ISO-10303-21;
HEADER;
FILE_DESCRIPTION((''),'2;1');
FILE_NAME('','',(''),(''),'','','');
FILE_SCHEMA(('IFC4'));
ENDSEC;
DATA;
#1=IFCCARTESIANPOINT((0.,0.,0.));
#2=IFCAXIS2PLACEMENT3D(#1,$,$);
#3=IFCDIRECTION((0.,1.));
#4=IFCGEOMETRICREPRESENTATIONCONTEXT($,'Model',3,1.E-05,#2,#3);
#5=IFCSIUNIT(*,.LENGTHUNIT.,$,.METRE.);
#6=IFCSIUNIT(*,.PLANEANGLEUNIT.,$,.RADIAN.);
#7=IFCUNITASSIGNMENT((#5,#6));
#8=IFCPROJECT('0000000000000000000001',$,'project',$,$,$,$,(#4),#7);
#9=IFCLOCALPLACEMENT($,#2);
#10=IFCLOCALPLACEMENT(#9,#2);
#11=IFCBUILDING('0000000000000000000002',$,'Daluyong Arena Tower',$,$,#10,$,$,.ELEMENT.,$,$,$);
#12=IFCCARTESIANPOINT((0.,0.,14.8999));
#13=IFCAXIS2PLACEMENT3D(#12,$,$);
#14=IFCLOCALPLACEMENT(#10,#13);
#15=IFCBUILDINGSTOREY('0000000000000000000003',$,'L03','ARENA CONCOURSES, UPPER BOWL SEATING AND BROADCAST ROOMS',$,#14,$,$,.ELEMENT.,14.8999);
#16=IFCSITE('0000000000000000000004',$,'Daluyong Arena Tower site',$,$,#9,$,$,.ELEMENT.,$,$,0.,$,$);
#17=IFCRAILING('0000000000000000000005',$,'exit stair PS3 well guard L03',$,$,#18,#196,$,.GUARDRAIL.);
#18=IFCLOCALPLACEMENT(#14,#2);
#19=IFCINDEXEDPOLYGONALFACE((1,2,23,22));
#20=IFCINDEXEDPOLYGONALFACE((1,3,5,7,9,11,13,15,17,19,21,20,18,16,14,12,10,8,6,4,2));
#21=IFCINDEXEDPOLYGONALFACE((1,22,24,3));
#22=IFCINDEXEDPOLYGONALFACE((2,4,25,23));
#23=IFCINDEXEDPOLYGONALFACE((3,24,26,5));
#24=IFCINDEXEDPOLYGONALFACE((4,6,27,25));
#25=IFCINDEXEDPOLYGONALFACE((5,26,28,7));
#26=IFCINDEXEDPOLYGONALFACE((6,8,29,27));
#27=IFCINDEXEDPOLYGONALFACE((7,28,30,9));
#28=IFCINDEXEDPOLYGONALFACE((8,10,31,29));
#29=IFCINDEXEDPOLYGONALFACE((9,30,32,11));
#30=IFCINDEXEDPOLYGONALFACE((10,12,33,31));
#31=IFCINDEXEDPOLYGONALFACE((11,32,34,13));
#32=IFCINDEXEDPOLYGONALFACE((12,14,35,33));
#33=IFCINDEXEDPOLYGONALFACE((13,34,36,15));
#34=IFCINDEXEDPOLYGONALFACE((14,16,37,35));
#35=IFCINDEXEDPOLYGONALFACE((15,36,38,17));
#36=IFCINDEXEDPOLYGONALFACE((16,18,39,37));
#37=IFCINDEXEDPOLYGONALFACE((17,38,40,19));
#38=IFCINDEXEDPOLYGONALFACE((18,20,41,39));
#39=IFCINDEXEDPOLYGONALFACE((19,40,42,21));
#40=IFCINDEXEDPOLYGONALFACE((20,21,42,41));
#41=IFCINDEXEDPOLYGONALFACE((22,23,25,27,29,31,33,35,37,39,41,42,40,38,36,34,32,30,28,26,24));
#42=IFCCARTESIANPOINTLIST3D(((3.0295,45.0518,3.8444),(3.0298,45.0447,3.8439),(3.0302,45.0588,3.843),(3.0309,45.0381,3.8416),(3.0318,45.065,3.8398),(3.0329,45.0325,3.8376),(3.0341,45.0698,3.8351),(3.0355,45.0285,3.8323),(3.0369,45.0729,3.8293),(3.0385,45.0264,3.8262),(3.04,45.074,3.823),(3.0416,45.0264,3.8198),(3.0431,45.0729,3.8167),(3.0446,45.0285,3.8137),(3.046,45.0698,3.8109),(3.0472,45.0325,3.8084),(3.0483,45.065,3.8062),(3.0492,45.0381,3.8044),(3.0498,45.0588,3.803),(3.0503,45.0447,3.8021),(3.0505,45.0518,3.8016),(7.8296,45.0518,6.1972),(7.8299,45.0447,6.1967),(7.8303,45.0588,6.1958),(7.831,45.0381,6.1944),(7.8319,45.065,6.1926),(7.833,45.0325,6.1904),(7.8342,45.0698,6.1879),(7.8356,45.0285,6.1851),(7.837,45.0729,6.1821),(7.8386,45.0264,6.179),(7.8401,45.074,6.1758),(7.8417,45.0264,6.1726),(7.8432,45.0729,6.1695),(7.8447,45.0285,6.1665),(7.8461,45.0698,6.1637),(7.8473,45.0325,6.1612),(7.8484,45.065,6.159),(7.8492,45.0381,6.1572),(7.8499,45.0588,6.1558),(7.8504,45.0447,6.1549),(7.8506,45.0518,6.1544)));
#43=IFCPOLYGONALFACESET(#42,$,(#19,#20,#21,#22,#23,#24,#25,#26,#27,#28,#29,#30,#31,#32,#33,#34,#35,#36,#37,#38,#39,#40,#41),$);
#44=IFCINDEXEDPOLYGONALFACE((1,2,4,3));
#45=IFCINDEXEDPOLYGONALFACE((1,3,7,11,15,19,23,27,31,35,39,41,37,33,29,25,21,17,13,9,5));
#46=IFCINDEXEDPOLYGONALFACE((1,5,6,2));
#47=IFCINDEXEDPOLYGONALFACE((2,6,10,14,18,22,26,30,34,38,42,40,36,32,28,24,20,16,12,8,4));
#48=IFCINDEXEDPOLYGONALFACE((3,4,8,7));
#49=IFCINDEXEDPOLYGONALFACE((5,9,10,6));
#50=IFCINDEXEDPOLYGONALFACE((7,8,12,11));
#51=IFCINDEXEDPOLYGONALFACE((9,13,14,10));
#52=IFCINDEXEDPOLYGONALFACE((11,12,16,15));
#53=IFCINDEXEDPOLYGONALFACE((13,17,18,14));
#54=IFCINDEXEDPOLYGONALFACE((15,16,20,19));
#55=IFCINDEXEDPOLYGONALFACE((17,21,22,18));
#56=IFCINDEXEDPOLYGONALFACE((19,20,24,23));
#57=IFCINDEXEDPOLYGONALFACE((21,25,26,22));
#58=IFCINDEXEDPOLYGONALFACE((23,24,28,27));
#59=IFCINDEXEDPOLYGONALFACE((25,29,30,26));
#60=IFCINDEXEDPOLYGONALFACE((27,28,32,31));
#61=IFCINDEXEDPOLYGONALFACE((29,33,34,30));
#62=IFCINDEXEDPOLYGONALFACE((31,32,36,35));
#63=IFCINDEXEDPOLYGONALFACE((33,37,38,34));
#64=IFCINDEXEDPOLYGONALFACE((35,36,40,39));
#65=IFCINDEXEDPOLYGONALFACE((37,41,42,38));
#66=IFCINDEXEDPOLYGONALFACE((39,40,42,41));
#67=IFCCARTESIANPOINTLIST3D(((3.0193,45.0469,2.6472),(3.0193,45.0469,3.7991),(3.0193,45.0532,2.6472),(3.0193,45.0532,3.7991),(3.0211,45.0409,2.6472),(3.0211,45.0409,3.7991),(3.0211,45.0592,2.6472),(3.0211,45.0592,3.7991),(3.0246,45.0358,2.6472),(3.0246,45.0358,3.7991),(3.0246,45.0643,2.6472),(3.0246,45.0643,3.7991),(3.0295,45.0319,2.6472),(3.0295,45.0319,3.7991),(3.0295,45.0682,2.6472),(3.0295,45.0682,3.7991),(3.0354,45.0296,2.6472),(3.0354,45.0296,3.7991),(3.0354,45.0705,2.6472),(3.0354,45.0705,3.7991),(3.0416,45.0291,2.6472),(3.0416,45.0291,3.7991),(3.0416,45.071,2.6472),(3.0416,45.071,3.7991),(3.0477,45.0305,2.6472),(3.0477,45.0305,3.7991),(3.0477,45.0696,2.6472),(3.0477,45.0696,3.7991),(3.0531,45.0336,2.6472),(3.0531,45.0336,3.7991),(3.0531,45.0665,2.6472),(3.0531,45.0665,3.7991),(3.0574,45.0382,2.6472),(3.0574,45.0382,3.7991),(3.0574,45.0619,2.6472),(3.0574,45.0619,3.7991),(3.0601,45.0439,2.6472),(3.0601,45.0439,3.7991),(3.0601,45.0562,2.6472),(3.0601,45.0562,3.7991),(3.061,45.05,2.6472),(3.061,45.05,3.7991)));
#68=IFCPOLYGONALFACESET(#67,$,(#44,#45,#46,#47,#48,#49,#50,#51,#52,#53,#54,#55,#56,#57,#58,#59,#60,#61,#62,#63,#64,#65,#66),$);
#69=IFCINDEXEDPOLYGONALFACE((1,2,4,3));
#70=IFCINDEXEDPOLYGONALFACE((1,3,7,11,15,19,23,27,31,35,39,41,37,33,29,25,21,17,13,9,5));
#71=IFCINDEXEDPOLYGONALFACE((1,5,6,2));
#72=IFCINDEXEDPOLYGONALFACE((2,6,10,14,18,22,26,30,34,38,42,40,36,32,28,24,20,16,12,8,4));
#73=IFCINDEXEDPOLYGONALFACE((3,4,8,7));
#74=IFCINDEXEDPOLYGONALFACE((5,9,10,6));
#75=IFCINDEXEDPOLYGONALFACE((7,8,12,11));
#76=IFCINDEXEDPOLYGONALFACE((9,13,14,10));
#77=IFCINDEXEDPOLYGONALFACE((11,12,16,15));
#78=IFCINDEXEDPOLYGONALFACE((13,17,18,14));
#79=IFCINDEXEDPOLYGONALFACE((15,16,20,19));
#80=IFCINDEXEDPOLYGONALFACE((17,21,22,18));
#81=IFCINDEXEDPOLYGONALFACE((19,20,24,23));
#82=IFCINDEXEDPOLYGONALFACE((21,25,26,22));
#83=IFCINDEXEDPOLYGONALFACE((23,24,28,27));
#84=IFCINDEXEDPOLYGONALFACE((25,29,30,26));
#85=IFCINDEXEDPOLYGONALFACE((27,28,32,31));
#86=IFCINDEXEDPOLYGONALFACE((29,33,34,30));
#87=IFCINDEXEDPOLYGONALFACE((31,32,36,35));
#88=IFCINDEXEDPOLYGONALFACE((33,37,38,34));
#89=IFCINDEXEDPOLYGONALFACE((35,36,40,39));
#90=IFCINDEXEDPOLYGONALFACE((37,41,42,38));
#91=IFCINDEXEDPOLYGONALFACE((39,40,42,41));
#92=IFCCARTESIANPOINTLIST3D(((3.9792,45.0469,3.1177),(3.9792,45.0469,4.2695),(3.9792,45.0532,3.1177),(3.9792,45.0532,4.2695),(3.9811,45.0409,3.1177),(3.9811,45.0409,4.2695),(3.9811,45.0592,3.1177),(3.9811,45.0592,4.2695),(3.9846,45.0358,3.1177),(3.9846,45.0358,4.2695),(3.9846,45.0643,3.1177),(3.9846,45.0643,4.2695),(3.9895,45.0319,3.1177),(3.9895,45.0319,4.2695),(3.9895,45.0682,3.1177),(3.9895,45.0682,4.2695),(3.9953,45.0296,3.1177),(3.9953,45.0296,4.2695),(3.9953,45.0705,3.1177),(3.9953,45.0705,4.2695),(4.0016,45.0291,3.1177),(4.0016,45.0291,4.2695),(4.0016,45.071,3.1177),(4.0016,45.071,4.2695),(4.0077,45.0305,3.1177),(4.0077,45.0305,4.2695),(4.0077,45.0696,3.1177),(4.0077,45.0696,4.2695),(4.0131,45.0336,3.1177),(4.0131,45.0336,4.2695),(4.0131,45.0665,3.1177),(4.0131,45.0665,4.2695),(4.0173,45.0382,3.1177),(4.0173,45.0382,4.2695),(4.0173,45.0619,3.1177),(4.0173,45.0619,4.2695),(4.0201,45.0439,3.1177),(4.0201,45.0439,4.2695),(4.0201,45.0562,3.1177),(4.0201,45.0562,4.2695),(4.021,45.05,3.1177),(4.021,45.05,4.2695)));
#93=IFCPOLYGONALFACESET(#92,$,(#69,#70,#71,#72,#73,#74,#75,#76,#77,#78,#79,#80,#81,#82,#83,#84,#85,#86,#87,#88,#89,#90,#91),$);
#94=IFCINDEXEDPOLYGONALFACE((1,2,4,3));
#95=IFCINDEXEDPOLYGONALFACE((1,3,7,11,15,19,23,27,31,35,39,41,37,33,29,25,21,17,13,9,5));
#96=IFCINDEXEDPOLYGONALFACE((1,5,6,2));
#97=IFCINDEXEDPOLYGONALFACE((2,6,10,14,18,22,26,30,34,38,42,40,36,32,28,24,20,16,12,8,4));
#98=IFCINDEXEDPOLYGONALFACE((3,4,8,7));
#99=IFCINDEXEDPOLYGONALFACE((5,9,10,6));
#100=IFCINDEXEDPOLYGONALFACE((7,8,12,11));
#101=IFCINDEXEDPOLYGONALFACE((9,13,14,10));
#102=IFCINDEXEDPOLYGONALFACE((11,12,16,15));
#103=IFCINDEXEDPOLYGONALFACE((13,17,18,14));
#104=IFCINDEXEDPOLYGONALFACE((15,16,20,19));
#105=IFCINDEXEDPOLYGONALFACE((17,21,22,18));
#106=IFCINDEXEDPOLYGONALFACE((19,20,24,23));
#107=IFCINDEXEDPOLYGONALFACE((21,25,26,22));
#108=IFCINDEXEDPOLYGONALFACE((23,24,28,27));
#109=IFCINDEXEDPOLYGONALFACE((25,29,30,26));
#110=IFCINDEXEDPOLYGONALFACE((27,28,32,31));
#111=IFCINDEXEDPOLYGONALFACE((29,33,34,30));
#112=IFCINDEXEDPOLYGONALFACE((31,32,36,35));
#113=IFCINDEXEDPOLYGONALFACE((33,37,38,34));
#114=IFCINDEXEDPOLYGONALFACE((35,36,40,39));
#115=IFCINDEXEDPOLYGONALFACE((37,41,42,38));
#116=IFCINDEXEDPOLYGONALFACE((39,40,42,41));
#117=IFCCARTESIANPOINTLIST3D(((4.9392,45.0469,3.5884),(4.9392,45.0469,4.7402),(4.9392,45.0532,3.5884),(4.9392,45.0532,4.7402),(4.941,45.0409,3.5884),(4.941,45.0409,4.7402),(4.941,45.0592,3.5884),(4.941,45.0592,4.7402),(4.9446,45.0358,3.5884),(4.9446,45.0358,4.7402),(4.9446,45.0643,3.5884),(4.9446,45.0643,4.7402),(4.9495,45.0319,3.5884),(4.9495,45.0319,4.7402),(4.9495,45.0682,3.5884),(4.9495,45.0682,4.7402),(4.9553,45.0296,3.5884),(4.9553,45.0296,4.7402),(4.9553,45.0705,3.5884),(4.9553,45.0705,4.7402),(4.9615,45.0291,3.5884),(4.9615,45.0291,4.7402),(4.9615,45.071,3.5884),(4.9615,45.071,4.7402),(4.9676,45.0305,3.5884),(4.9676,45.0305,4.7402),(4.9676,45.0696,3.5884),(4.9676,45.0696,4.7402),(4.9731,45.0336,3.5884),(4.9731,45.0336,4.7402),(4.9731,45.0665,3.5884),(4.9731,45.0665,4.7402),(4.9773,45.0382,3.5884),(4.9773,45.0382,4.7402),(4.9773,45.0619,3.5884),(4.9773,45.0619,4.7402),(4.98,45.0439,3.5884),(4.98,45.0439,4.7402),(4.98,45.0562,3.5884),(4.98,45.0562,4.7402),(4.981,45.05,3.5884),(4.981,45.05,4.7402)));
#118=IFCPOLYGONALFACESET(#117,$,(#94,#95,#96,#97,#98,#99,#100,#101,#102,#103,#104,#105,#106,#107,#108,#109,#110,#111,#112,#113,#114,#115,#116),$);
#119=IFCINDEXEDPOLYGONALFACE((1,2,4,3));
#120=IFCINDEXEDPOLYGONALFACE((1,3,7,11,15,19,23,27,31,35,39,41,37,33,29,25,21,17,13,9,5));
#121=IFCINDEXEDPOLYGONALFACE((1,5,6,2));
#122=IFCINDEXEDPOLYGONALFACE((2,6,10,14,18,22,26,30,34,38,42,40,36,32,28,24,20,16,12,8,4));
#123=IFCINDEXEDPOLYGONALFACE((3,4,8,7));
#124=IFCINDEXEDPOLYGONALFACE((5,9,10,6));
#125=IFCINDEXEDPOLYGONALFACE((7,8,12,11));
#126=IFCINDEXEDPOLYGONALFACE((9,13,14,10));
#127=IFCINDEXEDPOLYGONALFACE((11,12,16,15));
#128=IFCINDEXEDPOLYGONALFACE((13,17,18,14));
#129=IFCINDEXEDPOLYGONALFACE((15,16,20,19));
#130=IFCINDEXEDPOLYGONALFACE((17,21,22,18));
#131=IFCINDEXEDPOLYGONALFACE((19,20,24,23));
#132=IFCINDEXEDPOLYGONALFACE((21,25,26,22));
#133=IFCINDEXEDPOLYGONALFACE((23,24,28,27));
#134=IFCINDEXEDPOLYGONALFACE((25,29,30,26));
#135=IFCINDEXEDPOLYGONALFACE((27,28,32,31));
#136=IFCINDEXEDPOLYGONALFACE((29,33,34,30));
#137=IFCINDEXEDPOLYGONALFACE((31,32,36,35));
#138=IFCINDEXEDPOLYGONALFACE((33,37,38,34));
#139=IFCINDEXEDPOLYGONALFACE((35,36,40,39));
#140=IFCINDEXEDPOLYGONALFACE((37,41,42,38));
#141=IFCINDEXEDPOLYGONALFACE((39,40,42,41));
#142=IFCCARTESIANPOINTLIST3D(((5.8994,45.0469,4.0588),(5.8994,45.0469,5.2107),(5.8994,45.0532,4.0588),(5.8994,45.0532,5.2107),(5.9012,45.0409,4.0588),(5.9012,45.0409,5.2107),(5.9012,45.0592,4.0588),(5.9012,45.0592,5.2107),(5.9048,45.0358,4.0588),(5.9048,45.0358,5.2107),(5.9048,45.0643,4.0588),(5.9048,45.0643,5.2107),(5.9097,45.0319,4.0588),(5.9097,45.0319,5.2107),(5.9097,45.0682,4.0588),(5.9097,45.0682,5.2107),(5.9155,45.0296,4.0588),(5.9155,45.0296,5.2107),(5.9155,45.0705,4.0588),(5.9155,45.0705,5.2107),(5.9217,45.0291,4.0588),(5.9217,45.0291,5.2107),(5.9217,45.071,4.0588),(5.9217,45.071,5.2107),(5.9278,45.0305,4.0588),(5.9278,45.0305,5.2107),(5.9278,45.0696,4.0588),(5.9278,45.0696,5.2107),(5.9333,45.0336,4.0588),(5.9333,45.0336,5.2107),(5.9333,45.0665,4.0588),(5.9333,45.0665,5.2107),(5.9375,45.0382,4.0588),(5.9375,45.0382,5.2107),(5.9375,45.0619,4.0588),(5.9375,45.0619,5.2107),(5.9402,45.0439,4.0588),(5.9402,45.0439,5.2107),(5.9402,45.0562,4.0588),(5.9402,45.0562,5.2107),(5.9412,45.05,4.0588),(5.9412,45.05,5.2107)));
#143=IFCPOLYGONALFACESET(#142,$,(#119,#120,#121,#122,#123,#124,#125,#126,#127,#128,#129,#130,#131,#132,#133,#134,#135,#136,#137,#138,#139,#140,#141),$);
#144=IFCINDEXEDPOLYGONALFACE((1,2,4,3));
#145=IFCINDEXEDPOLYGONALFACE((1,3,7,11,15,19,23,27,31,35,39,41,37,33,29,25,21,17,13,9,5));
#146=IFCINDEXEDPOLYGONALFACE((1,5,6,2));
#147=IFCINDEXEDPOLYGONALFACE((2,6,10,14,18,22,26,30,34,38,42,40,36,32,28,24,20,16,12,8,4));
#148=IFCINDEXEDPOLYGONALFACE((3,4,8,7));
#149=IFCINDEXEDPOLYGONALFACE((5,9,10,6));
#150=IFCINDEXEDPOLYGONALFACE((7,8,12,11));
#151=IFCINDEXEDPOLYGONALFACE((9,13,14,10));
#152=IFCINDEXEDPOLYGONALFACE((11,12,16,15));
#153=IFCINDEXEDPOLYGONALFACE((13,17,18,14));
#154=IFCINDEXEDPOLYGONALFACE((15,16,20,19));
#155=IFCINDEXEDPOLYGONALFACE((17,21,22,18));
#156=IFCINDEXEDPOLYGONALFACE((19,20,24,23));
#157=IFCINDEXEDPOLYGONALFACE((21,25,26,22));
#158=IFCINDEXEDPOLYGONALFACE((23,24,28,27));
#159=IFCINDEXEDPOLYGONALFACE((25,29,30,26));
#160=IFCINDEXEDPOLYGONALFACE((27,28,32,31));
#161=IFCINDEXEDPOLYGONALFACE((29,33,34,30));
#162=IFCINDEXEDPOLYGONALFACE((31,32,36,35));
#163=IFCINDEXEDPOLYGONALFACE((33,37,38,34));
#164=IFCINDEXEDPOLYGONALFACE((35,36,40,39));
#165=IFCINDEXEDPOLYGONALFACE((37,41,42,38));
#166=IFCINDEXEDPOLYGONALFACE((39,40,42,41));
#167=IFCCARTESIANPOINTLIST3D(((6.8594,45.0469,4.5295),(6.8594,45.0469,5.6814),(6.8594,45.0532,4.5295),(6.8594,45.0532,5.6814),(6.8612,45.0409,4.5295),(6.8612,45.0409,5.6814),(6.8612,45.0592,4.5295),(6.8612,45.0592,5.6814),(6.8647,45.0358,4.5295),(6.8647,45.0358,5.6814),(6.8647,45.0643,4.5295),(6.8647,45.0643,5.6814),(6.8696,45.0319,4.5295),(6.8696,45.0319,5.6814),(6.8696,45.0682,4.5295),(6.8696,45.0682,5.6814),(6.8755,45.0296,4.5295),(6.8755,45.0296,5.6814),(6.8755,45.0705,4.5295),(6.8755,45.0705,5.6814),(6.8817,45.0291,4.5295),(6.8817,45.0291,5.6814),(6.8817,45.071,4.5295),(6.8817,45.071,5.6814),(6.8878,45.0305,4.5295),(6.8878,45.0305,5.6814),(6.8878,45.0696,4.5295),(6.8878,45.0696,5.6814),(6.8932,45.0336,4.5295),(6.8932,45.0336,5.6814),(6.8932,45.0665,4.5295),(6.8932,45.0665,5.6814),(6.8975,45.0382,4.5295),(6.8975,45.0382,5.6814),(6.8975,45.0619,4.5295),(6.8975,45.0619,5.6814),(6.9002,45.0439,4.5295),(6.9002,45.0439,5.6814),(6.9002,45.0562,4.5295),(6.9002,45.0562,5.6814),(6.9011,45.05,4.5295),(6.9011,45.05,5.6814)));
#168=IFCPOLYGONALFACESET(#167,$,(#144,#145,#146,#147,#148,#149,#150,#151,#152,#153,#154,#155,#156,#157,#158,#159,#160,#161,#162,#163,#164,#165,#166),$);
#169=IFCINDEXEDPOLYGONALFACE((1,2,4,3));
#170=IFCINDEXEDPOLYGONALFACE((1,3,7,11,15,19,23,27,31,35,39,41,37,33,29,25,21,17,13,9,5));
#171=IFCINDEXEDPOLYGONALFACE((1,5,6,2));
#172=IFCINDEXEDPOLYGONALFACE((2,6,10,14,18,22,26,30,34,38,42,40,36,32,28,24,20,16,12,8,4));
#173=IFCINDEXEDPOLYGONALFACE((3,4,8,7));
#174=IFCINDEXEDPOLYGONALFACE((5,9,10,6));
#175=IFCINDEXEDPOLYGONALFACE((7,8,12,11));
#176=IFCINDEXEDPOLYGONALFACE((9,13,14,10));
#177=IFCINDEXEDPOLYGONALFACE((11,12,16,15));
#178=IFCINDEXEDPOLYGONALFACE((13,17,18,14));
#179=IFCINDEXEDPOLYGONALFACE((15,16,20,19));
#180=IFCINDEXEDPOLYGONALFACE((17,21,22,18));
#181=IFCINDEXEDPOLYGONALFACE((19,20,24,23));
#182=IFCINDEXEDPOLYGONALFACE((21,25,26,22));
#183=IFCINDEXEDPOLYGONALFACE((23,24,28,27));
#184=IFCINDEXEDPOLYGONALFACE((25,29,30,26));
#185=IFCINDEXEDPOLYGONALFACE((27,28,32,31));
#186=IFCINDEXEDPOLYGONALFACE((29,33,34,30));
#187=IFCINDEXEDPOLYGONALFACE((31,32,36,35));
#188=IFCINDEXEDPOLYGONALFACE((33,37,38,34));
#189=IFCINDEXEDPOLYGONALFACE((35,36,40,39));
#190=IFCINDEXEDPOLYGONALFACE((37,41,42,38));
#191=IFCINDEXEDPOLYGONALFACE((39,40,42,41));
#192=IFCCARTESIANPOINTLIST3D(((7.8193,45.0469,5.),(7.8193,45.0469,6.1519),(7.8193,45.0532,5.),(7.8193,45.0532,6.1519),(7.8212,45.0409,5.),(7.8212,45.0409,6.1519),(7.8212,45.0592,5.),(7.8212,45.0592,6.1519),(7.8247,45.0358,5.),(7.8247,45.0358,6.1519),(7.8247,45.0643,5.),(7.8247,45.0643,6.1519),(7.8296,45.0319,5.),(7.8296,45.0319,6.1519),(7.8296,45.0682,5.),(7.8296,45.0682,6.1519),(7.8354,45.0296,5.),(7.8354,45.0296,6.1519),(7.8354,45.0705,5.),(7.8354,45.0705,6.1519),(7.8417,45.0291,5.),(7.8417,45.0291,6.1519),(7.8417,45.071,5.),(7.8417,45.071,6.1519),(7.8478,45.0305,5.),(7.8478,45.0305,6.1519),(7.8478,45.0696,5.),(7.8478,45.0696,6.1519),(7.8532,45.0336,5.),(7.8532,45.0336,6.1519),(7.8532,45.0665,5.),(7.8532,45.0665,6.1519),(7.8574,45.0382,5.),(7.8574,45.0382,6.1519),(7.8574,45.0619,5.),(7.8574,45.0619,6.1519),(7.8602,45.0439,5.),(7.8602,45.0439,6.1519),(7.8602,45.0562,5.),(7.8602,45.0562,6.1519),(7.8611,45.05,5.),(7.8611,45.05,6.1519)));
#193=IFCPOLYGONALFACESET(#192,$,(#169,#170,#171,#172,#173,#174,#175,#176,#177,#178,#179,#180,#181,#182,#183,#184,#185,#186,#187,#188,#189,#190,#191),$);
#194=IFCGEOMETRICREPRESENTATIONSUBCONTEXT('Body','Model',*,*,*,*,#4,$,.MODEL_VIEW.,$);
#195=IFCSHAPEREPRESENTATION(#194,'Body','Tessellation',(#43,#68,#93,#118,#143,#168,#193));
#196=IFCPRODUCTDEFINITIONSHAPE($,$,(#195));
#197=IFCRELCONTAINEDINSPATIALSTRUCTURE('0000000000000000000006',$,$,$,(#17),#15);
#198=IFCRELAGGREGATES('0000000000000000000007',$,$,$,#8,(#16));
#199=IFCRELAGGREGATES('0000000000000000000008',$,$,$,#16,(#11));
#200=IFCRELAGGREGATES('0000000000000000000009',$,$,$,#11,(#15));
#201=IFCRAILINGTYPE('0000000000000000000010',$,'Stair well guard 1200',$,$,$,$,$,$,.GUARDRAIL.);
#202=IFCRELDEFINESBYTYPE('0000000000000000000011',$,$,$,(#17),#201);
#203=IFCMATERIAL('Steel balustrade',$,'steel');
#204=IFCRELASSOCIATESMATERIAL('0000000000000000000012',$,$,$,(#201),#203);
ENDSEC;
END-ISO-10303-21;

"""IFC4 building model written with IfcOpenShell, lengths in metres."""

from ifc_helpers import new_model, si_unit, direction, frame, origin, origin_2d, place, context, subcontext, project, spatial, circle, extrude, material, type_object, element, save


model = new_model("IFC4")

# Units and contexts
model_context = context("Model", 3, precision=1e-05, world=origin(), true_north=direction((0.0, 1.0)))
body_context = subcontext(model_context, "Body", "Model", "MODEL_VIEW")
ifc_project = project(units=[si_unit("LENGTHUNIT", "METRE"), si_unit("PLANEANGLEUNIT", "RADIAN")], contexts=[model_context])

# Site, building, storey
site_placement = place(None, origin())
site = spatial("IfcSite", under=ifc_project, at=site_placement, Name="Daluyong Arena Tower site", CompositionType="ELEMENT", RefElevation=0.0)
building_placement = place(site_placement, origin())
building = spatial("IfcBuilding", under=site, at=building_placement, Name="Daluyong Arena Tower", CompositionType="ELEMENT")
storey_placement = place(building_placement, frame((0.0, 0.0, 14.8999)))
storey = spatial("IfcBuildingStorey", under=building, at=storey_placement, Name="L03", Description="ARENA CONCOURSES, UPPER BOWL SEATING AND BROADCAST ROOMS", CompositionType="ELEMENT", Elevation=14.8999)

# Railing
ifc_material_1 = material(Name="Steel balustrade", Category="steel")
railing_type_1 = type_object("IfcRailingType", Name="Stair well guard 1200", PredefinedType="GUARDRAIL", material=ifc_material_1)
railing_1_placement = place(storey_placement, frame((3.04, 45.05, 2.6472)))
element("IfcRailing", 1, at=railing_1_placement, inside=storey, type_object=railing_type_1, Name="exit stair PS3 well guard L03", PredefinedType="GUARDRAIL", context=body_context, shape_type="SweptSolid", body=[
    extrude(circle(Radius=0.0239, at=origin_2d()), frame((0.0, 0.0, 1.1758), z_axis=(0.897934, 0.0, 0.44013), x_axis=(0.0, 1.0, 0.0)), (0.0, 0.0, 1.0), 5.3457),
    extrude(circle(Radius=0.021, at=origin_2d()), origin(), (0.0, 0.0, 1.0), 1.1519),
    extrude(circle(Radius=0.021, at=origin_2d()), frame((0.96, 0.0, 0.4705)), (0.0, 0.0, 1.0), 1.1519),
    extrude(circle(Radius=0.021, at=origin_2d()), frame((1.9199, 0.0, 0.9412)), (0.0, 0.0, 1.0), 1.1519),
    extrude(circle(Radius=0.021, at=origin_2d()), frame((2.8801, 0.0, 1.4116)), (0.0, 0.0, 1.0), 1.1519),
    extrude(circle(Radius=0.021, at=origin_2d()), frame((3.8401, 0.0, 1.8823)), (0.0, 0.0, 1.0), 1.1519),
    extrude(circle(Radius=0.021, at=origin_2d()), frame((4.8, 0.0, 2.3528)), (0.0, 0.0, 1.0), 1.1519),
])

save(model, "model.ifc")
